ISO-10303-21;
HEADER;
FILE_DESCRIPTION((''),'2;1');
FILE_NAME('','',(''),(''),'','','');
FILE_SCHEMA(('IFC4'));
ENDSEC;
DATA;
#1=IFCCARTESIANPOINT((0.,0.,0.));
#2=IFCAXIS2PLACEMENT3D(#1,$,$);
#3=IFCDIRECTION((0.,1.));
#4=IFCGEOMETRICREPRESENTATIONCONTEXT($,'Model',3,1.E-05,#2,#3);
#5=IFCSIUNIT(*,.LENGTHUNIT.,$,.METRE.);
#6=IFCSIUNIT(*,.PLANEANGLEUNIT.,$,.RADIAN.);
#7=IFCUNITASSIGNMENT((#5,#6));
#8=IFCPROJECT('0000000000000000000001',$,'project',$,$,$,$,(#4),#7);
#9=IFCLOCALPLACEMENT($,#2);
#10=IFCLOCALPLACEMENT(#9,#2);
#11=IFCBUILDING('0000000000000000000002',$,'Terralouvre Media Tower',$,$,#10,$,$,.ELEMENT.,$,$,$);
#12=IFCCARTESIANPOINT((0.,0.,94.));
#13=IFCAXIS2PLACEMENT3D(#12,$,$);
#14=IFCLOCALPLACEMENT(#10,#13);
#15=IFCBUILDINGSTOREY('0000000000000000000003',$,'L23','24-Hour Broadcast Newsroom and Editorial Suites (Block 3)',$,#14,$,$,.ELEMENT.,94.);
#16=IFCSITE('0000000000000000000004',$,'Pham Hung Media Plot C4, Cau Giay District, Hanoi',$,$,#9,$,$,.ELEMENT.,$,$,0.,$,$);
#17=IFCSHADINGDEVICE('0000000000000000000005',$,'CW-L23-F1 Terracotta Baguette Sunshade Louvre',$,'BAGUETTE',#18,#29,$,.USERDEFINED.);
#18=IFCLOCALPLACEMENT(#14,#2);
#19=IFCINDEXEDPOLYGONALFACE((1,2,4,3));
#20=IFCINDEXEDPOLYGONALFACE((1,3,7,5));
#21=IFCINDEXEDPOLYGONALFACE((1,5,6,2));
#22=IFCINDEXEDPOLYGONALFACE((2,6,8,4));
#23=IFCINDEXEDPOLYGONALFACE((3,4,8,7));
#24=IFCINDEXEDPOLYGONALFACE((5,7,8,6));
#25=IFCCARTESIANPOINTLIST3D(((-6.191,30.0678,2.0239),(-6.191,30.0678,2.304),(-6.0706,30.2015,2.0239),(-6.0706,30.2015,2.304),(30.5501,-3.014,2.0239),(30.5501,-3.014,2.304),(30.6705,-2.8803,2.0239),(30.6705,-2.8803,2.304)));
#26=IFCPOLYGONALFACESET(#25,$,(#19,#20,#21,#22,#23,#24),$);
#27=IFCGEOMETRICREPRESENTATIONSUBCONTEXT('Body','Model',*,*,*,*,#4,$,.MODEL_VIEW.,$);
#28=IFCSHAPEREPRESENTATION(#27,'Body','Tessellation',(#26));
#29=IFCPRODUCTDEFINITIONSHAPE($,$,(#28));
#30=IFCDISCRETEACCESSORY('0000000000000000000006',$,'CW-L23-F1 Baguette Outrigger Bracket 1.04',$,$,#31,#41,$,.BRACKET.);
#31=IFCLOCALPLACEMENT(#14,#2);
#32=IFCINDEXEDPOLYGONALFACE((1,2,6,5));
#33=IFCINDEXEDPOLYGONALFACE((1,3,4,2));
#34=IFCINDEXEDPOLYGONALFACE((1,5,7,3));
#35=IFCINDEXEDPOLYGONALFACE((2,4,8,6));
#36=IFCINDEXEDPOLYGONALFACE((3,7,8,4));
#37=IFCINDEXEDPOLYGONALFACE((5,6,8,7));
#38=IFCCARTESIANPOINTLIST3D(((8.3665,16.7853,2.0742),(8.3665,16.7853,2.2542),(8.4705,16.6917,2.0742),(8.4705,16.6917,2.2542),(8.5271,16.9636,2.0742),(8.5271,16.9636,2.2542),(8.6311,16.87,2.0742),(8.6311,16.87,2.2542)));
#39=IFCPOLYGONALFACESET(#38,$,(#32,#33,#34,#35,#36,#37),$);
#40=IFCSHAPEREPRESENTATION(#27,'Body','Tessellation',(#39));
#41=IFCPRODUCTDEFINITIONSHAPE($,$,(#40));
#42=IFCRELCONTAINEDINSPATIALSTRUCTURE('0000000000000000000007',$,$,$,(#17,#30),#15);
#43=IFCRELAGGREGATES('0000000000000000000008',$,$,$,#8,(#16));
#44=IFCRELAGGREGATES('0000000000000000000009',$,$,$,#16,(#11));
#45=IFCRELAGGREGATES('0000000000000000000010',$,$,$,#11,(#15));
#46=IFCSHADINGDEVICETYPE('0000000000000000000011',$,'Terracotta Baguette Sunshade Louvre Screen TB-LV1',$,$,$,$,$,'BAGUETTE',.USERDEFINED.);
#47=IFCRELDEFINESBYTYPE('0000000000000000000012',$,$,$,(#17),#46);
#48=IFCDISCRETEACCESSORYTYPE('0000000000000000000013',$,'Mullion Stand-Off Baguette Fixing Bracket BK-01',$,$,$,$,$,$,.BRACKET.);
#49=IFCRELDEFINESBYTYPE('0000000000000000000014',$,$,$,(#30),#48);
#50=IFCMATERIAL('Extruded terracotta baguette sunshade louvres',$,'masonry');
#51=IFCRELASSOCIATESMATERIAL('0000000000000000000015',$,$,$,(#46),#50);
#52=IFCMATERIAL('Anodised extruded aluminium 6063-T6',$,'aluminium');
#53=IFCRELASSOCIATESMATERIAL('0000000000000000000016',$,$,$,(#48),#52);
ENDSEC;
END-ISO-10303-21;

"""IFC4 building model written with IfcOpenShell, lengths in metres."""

from ifc_helpers import new_model, si_unit, direction, frame, origin, origin_2d, place, context, subcontext, project, spatial, rectangle, extrude, material, type_object, element, save


model = new_model("IFC4")

# Units and contexts
model_context = context("Model", 3, precision=1e-05, world=origin(), true_north=direction((0.0, 1.0)))
body_context = subcontext(model_context, "Body", "Model", "MODEL_VIEW")
ifc_project = project(units=[si_unit("LENGTHUNIT", "METRE"), si_unit("PLANEANGLEUNIT", "RADIAN")], contexts=[model_context])

# Site, building, storey
site_placement = place(None, origin())
site = spatial("IfcSite", under=ifc_project, at=site_placement, Name="Pham Hung Media Plot C4, Cau Giay District, Hanoi", CompositionType="ELEMENT", RefElevation=0.0)
building_placement = place(site_placement, origin())
building = spatial("IfcBuilding", under=site, at=building_placement, Name="Terralouvre Media Tower", CompositionType="ELEMENT")
storey_placement = place(building_placement, frame((0.0, 0.0, 94.0)))
storey = spatial("IfcBuildingStorey", under=building, at=storey_placement, Name="L23", Description="24-Hour Broadcast Newsroom and Editorial Suites (Block 3)", CompositionType="ELEMENT", Elevation=94.0)

# Shading device
ifc_material_1 = material(Name="Extruded terracotta baguette sunshade louvres", Category="masonry")
shading_device_type = type_object("IfcShadingDeviceType", Name="Terracotta Baguette Sunshade Louvre Screen TB-LV1", ElementType="BAGUETTE", PredefinedType="USERDEFINED", material=ifc_material_1)
shading_device_placement = place(storey_placement, frame((12.2397, 13.5938, 2.0239), z_axis=(0.0, 0.0, 1.0), x_axis=(-0.743145, 0.669131, 0.0)))
element("IfcShadingDevice", 1, at=shading_device_placement, inside=storey, type_object=shading_device_type, Name="CW-L23-F1 Terracotta Baguette Sunshade Louvre", ObjectType="BAGUETTE", PredefinedType="USERDEFINED", context=body_context, shape_type="SweptSolid", body=[
    extrude(rectangle(XDim=49.4399, YDim=0.1799, at=origin_2d()), origin(), (0.0, 0.0, 1.0), 0.28),
])

# Discrete accessory
ifc_material_2 = material(Name="Anodised extruded aluminium 6063-T6", Category="aluminium")
discrete_accessory_type = type_object("IfcDiscreteAccessoryType", Name="Mullion Stand-Off Baguette Fixing Bracket BK-01", PredefinedType="BRACKET", material=ifc_material_2)
discrete_accessory_placement = place(storey_placement, frame((8.4988, 16.8276, 2.0742), z_axis=(0.0, 0.0, 1.0), x_axis=(-0.743145, 0.669131, 0.0)))
element("IfcDiscreteAccessory", 2, at=discrete_accessory_placement, inside=storey, type_object=discrete_accessory_type, Name="CW-L23-F1 Baguette Outrigger Bracket 1.04", PredefinedType="BRACKET", context=body_context, shape_type="SweptSolid", body=[
    extrude(rectangle(XDim=0.1399, YDim=0.24, at=origin_2d()), origin(), (0.0, 0.0, 1.0), 0.1799),
])

save(model, "model.ifc")
